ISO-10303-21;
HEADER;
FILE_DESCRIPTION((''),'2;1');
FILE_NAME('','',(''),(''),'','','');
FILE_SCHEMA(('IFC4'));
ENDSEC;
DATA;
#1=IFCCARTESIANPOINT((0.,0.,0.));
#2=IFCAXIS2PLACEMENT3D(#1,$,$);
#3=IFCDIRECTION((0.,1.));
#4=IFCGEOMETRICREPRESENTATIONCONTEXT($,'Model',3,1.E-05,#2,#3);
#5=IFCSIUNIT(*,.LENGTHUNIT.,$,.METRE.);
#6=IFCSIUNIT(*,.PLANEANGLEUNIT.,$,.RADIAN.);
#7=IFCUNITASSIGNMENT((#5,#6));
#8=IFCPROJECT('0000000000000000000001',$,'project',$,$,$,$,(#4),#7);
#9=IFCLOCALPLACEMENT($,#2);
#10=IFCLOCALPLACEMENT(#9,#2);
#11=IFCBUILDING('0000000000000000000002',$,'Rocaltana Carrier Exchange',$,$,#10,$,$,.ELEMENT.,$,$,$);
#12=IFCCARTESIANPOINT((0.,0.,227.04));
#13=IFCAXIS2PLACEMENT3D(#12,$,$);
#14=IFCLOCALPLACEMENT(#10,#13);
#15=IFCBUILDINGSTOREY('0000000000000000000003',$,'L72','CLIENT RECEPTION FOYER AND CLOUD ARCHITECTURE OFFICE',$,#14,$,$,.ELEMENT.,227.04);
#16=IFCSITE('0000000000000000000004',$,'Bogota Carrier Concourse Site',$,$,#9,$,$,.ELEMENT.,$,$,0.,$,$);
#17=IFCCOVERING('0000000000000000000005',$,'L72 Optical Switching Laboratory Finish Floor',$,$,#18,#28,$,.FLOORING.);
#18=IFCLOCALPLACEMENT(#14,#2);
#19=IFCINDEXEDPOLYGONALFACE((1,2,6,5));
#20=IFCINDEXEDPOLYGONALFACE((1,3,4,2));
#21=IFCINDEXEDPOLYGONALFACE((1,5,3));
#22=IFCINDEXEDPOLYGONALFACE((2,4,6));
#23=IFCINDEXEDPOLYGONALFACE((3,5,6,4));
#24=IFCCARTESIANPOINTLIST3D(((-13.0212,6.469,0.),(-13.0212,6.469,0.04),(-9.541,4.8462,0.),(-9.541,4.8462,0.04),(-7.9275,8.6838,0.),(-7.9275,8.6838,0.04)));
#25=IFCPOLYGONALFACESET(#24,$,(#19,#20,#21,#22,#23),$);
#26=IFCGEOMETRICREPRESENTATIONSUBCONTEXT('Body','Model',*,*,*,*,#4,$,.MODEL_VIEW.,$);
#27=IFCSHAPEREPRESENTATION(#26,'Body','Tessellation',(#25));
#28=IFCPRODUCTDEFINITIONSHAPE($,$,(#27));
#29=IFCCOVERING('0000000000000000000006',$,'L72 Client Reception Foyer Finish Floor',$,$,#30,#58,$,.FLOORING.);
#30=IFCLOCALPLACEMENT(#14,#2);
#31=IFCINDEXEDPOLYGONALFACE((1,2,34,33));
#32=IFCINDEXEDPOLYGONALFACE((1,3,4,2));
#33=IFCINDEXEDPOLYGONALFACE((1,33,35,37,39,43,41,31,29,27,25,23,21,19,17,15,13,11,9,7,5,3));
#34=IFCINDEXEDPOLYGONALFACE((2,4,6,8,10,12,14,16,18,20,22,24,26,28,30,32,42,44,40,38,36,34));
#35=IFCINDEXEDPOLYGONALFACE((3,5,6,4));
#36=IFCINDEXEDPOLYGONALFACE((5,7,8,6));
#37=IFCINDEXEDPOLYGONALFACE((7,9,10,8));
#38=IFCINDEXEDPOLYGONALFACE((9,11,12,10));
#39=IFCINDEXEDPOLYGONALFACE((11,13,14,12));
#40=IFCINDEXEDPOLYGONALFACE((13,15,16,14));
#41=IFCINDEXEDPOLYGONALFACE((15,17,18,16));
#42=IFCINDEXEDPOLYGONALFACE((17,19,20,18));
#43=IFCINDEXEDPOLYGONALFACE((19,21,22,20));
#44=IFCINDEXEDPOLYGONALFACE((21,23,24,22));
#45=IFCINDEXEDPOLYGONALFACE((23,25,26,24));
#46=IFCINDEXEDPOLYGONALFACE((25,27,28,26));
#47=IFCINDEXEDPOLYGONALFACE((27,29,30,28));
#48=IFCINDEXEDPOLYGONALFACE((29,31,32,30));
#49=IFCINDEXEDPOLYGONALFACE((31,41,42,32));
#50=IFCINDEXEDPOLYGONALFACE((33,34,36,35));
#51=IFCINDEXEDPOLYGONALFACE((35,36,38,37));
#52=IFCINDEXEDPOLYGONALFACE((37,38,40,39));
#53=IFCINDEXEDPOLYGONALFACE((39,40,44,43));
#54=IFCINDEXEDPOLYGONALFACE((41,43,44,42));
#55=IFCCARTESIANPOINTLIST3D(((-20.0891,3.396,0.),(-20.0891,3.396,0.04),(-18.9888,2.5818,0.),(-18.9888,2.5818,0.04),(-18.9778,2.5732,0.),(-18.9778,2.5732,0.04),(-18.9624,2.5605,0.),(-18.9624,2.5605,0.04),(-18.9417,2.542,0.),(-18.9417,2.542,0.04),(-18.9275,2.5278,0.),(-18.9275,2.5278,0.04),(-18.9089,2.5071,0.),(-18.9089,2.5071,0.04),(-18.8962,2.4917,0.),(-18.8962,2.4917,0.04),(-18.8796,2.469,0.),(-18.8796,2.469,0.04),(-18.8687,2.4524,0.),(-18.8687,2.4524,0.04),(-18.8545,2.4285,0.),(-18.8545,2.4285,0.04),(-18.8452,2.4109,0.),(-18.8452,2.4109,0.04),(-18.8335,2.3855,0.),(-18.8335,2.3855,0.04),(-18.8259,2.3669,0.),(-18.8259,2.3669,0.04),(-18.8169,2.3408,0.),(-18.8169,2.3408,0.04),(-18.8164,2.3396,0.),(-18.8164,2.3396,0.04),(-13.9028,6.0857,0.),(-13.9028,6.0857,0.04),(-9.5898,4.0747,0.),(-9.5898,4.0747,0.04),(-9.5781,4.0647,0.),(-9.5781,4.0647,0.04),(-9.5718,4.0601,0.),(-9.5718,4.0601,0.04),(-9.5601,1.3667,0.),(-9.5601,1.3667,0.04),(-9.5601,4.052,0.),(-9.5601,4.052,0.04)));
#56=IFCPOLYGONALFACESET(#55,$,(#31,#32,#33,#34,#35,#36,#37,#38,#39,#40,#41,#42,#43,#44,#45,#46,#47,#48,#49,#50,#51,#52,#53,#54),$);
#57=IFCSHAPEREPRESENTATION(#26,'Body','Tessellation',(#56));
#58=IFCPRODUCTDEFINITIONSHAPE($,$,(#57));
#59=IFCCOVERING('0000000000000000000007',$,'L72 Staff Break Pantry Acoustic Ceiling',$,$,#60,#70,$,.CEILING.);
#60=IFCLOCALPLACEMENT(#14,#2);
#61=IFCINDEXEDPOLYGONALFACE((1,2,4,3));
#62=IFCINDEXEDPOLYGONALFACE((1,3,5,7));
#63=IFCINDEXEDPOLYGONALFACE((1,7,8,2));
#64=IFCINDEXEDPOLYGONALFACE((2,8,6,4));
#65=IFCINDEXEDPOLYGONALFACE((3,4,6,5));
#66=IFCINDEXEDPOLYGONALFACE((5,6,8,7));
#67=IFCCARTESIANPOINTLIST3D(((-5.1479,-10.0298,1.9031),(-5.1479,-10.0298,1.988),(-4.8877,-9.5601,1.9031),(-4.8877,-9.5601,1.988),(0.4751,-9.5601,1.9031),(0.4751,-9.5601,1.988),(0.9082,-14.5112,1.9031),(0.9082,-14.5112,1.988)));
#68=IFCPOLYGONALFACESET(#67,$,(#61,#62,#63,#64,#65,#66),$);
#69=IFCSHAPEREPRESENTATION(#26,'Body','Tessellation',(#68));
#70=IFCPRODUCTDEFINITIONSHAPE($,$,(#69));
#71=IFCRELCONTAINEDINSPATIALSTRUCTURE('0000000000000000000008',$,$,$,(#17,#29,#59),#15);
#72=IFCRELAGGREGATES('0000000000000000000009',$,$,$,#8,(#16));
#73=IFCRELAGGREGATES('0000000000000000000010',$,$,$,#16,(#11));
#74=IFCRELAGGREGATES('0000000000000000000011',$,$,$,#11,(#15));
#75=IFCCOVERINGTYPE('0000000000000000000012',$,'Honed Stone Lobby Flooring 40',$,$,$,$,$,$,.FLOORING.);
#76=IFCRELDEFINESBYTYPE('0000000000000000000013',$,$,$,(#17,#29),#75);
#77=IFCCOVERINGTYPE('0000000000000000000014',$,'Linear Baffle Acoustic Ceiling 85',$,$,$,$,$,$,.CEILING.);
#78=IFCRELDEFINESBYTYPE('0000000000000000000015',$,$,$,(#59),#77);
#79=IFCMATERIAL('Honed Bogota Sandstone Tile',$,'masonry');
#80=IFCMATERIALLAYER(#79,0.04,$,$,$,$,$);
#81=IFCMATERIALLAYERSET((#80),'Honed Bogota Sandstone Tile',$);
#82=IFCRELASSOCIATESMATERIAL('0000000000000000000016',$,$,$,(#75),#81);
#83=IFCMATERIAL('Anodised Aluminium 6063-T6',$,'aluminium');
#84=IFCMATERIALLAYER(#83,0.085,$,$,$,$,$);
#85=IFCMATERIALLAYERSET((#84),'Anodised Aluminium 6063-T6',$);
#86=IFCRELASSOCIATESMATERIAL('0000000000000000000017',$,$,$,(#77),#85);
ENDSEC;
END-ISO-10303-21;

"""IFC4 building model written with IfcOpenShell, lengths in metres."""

from ifc_helpers import new_model, si_unit, direction, frame, origin, place, context, subcontext, project, spatial, polyline, outline, extrude, material, layer, layer_set, type_object, element, save


model = new_model("IFC4")

# Units and contexts
model_context = context("Model", 3, precision=1e-05, world=origin(), true_north=direction((0.0, 1.0)))
body_context = subcontext(model_context, "Body", "Model", "MODEL_VIEW")
ifc_project = project(units=[si_unit("LENGTHUNIT", "METRE"), si_unit("PLANEANGLEUNIT", "RADIAN")], contexts=[model_context])

# Site, building, storey
site_placement = place(None, origin())
site = spatial("IfcSite", under=ifc_project, at=site_placement, Name="Bogota Carrier Concourse Site", CompositionType="ELEMENT", RefElevation=0.0)
building_placement = place(site_placement, origin())
building = spatial("IfcBuilding", under=site, at=building_placement, Name="Rocaltana Carrier Exchange", CompositionType="ELEMENT")
storey_placement = place(building_placement, frame((0.0, 0.0, 227.04)))
storey = spatial("IfcBuildingStorey", under=building, at=storey_placement, Name="L72", Description="CLIENT RECEPTION FOYER AND CLOUD ARCHITECTURE OFFICE", CompositionType="ELEMENT", Elevation=227.04)

# Coverings
ifc_material_1 = material(Name="Honed Bogota Sandstone Tile", Category="masonry")
ifc_layer_1 = layer(ifc_material_1, 0.04)
ifc_layer_set_1 = layer_set([ifc_layer_1], Name="Honed Bogota Sandstone Tile")
covering_type_1 = type_object("IfcCoveringType", Name="Honed Stone Lobby Flooring 40", PredefinedType="FLOORING", material=ifc_layer_set_1)
covering_1_placement = place(storey_placement, origin())
element("IfcCovering", 1, at=covering_1_placement, inside=storey, type_object=covering_type_1, Name="L72 Optical Switching Laboratory Finish Floor", PredefinedType="FLOORING", context=body_context, shape_type="SweptSolid", body=[
    extrude(outline(polyline([(-7.9275, 8.6838), (-9.541, 4.8462), (-13.0212, 6.469), (-7.9275, 8.6838)])), origin(), (0.0, 0.0, 1.0), 0.04),
])
covering_2_placement = place(storey_placement, origin())
element("IfcCovering", 2, at=covering_2_placement, inside=storey, type_object=covering_type_1, Name="L72 Client Reception Foyer Finish Floor", PredefinedType="FLOORING", context=body_context, shape_type="SweptSolid", body=[
    extrude(outline(polyline([(-18.8164, 2.3396), (-18.8169, 2.3408), (-18.8259, 2.3669), (-18.8335, 2.3855), (-18.8452, 2.4109), (-18.8545, 2.4285), (-18.8687, 2.4524), (-18.8796, 2.469), (-18.8962, 2.4917), (-18.9089, 2.5071), (-18.9275, 2.5278), (-18.9417, 2.542), (-18.9624, 2.5605), (-18.9778, 2.5732), (-18.9888, 2.5818), (-20.0891, 3.396), (-13.9028, 6.0857), (-9.5898, 4.0747), (-9.5781, 4.0647), (-9.5718, 4.0601), (-9.5601, 4.052), (-9.5601, 1.3667), (-18.8164, 2.3396)])), origin(), (0.0, 0.0, 1.0), 0.04),
])
ifc_material_2 = material(Name="Anodised Aluminium 6063-T6", Category="aluminium")
ifc_layer_2 = layer(ifc_material_2, 0.085)
ifc_layer_set_2 = layer_set([ifc_layer_2], Name="Anodised Aluminium 6063-T6")
covering_type_2 = type_object("IfcCoveringType", Name="Linear Baffle Acoustic Ceiling 85", PredefinedType="CEILING", material=ifc_layer_set_2)
covering_3_placement = place(storey_placement, frame((0.0, 0.0, 1.9031)))
element("IfcCovering", 3, at=covering_3_placement, inside=storey, type_object=covering_type_2, Name="L72 Staff Break Pantry Acoustic Ceiling", PredefinedType="CEILING", context=body_context, shape_type="SweptSolid", body=[
    extrude(outline(polyline([(0.4751, -9.5601), (0.9082, -14.5112), (-5.1479, -10.0298), (-4.8877, -9.5601), (0.4751, -9.5601)])), origin(), (0.0, 0.0, 1.0), 0.085),
])

save(model, "model.ifc")
